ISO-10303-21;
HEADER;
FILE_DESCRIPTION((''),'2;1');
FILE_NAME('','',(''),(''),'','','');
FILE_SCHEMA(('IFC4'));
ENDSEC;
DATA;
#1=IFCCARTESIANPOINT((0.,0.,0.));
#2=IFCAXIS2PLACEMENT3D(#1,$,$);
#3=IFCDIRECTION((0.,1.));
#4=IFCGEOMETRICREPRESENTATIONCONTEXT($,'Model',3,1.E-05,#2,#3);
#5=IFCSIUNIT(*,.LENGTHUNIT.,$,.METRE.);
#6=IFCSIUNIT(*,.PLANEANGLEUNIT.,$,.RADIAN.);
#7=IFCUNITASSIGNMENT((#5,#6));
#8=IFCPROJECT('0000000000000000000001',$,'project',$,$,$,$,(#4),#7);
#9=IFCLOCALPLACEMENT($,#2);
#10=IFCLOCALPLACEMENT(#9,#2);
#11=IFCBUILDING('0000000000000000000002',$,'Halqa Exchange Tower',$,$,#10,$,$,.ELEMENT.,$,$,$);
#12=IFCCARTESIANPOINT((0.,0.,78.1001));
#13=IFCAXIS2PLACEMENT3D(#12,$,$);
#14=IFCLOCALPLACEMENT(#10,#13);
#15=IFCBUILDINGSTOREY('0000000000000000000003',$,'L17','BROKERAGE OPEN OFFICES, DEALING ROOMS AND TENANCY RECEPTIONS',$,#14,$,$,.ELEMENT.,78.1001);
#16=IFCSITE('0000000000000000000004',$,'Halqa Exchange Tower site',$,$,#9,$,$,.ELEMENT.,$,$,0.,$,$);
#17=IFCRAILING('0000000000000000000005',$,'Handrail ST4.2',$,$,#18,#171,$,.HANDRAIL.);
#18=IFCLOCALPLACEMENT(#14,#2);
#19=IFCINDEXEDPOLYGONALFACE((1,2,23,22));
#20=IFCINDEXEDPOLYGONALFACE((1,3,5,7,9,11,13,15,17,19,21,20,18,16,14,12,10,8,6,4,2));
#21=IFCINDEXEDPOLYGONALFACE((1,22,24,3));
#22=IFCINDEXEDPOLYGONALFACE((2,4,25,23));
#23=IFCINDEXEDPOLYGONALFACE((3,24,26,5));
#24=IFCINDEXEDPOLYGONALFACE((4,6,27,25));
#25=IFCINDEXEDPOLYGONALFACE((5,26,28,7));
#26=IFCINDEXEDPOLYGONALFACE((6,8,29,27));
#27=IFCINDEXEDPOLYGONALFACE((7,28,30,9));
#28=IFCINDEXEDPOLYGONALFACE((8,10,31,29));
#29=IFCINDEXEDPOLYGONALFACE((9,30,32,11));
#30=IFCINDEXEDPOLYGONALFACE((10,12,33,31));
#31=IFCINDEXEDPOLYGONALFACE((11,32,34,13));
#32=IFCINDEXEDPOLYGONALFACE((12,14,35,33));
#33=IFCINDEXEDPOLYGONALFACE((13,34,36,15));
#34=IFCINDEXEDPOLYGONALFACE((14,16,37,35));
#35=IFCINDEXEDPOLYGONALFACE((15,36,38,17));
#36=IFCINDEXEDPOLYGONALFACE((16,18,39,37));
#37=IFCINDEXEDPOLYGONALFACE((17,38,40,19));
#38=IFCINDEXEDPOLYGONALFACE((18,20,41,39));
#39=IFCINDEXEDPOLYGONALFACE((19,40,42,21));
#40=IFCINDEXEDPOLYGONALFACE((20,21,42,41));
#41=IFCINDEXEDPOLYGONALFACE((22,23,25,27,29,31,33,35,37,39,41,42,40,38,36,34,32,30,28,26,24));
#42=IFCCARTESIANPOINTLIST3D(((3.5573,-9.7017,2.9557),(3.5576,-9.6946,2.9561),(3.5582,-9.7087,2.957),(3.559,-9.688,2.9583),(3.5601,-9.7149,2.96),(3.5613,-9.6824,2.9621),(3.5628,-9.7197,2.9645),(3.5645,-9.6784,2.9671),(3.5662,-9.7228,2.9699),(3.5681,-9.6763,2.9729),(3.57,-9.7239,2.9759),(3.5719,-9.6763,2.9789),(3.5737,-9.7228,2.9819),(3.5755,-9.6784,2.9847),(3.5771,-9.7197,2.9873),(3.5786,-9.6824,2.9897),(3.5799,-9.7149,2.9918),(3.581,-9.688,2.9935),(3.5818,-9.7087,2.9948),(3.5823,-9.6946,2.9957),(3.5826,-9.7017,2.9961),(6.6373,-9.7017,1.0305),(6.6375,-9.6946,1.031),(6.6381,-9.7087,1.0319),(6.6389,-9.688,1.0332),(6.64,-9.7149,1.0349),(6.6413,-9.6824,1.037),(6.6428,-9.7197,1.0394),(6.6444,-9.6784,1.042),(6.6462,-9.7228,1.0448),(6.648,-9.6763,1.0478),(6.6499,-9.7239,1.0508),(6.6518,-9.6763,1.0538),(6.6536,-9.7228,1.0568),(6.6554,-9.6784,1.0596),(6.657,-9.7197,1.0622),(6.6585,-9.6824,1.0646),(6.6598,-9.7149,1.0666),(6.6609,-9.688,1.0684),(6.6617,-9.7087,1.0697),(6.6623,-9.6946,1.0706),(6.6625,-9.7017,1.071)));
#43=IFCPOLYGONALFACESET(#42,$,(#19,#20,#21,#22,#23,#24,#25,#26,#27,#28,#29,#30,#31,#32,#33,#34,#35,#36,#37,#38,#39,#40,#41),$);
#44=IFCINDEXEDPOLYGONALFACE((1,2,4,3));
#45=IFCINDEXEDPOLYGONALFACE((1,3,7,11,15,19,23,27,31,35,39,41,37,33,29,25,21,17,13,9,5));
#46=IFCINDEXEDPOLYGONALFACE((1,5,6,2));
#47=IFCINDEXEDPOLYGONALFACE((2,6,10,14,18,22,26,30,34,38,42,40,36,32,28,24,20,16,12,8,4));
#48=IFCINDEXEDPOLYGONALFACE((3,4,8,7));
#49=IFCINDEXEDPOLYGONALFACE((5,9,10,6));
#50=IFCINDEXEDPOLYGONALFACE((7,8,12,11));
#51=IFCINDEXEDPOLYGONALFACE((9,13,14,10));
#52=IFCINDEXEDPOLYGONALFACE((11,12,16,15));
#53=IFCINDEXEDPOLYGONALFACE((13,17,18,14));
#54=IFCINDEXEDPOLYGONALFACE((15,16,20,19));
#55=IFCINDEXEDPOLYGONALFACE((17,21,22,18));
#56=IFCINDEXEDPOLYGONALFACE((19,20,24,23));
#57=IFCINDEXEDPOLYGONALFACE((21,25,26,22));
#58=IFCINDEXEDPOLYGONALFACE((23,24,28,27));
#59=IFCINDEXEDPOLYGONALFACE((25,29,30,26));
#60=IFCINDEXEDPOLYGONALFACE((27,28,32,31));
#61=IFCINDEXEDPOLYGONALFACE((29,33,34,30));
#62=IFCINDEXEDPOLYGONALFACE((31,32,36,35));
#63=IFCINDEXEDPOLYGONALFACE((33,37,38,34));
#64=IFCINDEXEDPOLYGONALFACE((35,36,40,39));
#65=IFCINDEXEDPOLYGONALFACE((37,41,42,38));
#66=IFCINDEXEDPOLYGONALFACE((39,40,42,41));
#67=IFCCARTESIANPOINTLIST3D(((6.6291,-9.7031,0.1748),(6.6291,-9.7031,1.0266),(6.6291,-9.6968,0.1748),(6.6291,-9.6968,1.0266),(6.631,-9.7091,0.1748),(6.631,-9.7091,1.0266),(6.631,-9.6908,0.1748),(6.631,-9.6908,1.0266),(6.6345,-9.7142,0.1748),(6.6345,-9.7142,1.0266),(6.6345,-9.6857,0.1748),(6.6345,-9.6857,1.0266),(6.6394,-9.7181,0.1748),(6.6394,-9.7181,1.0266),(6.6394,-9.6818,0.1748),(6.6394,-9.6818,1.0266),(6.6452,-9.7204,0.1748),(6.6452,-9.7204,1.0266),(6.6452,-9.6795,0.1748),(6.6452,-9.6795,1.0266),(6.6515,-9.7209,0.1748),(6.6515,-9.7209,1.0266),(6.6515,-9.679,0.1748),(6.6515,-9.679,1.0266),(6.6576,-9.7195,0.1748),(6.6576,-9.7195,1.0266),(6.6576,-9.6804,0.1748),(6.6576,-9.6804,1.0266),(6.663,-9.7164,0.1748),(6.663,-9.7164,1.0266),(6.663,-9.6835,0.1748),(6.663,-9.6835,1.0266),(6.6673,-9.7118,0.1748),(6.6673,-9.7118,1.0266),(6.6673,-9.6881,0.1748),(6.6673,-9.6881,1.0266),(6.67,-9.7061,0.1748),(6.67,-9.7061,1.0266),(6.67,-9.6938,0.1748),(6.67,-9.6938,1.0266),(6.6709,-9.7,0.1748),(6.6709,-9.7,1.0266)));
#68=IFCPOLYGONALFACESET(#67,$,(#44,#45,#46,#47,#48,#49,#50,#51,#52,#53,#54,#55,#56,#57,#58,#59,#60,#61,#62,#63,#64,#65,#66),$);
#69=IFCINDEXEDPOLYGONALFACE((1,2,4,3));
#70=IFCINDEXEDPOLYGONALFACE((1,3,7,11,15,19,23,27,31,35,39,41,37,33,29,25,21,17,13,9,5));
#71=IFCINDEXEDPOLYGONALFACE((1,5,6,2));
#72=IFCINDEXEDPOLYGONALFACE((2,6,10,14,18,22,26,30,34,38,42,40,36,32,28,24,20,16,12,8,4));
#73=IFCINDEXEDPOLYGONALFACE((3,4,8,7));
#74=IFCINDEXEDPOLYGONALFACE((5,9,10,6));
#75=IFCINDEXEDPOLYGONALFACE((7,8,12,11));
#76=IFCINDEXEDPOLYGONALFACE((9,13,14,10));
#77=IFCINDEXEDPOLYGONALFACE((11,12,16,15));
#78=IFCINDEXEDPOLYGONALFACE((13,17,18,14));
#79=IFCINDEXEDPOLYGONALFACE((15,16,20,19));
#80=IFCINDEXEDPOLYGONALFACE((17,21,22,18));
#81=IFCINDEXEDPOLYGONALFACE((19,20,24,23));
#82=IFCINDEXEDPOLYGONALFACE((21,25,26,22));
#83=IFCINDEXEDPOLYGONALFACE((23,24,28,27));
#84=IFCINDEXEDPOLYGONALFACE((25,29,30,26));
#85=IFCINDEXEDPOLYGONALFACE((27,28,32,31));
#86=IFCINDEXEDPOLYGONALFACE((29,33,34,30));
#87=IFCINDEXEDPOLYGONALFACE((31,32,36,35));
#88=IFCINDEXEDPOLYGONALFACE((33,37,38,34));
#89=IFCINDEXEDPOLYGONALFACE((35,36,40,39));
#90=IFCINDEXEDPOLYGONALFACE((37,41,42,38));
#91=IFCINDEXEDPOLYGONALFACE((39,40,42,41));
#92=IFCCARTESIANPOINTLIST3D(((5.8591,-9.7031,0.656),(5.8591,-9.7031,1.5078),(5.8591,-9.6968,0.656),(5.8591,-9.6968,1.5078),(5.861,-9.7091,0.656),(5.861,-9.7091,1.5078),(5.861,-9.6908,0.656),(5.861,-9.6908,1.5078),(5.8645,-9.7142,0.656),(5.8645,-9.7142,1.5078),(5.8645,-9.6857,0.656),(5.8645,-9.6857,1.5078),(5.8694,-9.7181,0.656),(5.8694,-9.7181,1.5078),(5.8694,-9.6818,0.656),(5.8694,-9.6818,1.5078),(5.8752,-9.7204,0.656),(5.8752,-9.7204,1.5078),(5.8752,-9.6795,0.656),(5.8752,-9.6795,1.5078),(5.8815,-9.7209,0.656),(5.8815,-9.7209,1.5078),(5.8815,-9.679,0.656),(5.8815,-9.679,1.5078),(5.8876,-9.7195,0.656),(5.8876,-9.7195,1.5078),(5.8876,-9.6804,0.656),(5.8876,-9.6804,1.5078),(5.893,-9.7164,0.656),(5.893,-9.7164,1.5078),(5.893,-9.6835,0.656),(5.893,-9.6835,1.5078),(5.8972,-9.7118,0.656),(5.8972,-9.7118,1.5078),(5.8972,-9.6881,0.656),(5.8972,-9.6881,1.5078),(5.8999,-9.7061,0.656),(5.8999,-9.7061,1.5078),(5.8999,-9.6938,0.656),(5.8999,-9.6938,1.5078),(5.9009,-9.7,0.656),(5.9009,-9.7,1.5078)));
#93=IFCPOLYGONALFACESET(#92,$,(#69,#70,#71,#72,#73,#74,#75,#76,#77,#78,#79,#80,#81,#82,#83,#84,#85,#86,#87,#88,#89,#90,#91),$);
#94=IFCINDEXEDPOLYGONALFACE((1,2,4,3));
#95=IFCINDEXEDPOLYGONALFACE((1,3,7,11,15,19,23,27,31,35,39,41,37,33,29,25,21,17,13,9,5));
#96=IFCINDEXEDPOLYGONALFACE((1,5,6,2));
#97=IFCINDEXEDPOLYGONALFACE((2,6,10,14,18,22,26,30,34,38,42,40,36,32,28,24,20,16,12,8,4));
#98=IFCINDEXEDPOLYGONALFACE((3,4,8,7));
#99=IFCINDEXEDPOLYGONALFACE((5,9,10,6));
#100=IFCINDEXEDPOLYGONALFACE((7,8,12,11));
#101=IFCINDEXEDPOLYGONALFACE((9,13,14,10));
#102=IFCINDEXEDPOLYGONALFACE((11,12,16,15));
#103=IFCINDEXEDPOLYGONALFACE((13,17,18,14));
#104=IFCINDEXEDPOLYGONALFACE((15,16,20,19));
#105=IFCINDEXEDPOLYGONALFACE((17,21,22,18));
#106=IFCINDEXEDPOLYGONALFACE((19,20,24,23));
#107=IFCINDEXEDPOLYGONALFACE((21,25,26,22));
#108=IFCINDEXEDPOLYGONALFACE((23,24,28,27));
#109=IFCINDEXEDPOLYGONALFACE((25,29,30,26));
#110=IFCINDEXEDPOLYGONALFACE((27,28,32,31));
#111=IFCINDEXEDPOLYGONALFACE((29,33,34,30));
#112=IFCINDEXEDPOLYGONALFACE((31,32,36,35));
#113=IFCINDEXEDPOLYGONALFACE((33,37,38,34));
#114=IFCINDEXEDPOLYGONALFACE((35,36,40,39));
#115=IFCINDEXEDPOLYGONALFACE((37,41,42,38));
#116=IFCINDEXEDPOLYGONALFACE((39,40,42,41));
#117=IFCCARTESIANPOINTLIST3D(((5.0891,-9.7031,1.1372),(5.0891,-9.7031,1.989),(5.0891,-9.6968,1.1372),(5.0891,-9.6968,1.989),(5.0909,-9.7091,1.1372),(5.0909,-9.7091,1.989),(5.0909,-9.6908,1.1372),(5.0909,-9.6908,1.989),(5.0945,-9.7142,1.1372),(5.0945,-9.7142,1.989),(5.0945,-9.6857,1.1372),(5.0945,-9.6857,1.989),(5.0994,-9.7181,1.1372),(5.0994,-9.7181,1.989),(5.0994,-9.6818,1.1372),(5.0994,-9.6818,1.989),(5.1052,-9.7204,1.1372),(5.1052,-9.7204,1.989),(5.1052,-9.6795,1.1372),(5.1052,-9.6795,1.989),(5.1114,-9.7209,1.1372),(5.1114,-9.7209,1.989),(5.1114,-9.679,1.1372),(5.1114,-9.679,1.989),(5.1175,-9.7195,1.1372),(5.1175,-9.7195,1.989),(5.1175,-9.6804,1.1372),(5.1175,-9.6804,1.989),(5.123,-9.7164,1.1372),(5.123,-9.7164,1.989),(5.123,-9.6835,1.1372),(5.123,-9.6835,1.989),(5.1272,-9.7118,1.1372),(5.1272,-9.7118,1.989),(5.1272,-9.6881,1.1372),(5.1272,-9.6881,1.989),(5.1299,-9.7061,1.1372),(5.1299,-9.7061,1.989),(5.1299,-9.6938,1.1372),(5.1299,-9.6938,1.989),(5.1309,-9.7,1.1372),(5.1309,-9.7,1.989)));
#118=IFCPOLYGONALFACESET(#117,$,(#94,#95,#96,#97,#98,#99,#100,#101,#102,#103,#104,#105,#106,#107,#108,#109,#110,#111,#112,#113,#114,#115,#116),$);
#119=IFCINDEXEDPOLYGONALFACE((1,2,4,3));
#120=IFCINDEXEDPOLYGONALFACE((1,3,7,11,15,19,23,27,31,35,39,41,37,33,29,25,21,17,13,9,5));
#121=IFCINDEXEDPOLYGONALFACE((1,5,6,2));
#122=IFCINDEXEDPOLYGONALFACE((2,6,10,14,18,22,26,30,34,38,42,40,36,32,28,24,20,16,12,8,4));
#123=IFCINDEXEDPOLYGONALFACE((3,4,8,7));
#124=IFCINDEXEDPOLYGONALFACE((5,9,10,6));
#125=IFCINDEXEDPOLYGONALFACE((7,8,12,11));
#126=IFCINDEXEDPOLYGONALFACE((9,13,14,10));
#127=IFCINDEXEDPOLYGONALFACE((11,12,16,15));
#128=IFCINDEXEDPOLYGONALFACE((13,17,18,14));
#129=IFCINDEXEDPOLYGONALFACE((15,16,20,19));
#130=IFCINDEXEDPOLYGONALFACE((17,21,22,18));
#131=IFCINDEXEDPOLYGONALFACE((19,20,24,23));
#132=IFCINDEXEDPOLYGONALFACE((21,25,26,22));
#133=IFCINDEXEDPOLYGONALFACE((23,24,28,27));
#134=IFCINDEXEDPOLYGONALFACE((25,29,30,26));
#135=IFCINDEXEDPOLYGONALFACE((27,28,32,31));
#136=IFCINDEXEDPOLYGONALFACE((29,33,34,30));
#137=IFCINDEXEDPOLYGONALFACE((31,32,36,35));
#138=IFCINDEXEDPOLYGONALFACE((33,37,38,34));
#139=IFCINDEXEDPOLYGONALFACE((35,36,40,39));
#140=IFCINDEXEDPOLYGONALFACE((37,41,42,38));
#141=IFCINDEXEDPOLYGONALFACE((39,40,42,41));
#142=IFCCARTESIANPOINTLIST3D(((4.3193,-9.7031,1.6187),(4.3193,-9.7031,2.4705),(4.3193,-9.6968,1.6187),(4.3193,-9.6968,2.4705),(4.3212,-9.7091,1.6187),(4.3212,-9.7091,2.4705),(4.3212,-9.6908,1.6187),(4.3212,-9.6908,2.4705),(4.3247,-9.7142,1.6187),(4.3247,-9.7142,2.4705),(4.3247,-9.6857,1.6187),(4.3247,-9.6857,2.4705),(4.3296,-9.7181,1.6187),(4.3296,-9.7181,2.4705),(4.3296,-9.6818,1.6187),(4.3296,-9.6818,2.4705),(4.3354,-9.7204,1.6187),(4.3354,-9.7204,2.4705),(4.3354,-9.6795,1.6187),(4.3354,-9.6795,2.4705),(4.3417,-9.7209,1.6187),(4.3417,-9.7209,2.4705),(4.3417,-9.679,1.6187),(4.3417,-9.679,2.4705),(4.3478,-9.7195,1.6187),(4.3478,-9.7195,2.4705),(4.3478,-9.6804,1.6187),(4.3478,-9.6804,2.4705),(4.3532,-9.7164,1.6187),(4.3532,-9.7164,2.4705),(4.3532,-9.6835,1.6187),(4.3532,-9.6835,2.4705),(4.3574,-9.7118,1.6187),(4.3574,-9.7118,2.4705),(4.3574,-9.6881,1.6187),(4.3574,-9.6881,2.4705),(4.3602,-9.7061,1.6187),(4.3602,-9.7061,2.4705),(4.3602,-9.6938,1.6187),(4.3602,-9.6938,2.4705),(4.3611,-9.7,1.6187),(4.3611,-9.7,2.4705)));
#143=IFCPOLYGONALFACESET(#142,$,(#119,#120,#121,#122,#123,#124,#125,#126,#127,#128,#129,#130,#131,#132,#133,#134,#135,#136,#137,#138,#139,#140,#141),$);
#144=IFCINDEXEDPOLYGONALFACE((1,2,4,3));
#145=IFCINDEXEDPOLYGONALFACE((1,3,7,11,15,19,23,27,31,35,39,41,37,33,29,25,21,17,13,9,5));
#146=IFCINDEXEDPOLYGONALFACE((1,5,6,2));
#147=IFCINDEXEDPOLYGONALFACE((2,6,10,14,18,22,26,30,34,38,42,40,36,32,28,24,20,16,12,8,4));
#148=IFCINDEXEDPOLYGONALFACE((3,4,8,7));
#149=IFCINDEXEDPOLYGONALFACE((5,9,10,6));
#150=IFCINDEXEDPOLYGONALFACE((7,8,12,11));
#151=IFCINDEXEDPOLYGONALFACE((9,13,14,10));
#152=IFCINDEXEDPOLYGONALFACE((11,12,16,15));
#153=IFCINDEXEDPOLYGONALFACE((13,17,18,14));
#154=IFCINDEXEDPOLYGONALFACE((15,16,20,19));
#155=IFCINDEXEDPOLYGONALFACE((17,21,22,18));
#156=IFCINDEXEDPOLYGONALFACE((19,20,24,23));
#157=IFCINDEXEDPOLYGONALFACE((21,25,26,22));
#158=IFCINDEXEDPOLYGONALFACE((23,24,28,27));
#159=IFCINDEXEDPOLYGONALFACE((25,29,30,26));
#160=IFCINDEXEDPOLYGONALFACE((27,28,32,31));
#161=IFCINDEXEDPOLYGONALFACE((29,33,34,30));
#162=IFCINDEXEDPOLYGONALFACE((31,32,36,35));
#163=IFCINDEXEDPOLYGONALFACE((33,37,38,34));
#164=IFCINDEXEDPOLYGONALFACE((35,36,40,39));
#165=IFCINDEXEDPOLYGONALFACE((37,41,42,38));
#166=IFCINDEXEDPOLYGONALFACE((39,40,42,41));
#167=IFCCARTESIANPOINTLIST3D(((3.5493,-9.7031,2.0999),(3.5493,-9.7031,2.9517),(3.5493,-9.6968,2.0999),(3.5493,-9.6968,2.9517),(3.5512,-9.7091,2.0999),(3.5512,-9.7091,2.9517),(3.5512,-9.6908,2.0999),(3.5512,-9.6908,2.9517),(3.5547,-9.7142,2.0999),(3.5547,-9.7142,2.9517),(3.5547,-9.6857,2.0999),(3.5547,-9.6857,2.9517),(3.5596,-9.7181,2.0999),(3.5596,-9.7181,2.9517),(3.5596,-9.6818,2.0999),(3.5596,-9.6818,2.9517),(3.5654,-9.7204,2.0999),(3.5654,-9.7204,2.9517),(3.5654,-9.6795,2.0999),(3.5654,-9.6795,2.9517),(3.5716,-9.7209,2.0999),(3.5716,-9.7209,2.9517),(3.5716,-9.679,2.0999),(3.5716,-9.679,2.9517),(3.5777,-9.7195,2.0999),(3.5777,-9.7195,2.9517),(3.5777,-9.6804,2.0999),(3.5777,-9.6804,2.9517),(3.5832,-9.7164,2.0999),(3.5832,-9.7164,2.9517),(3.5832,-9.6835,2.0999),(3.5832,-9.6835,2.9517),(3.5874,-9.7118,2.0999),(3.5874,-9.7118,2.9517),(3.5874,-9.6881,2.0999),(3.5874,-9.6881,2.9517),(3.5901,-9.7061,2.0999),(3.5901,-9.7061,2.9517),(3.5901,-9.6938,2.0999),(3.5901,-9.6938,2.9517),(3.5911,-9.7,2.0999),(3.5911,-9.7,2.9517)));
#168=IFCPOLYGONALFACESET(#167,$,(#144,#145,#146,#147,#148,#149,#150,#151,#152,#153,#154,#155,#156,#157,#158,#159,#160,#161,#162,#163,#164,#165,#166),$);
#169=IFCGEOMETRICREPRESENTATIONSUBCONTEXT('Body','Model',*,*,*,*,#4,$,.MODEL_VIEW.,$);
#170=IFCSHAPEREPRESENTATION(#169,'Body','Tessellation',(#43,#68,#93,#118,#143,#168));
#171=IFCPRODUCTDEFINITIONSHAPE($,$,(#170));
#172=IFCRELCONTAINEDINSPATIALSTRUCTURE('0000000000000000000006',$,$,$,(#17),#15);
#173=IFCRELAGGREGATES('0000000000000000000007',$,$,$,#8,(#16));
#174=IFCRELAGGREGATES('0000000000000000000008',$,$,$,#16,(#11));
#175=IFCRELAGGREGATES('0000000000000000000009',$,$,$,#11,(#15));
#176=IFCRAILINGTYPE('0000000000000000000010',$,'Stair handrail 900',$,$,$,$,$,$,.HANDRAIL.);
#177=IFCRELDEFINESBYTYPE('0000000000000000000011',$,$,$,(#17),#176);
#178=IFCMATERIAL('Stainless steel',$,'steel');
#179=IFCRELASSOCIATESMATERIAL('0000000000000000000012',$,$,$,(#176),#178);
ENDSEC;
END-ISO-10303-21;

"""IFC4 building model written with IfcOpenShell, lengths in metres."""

from ifc_helpers import new_model, si_unit, direction, frame, origin, origin_2d, place, context, subcontext, project, spatial, circle, extrude, material, type_object, element, save


model = new_model("IFC4")

# Units and contexts
model_context = context("Model", 3, precision=1e-05, world=origin(), true_north=direction((0.0, 1.0)))
body_context = subcontext(model_context, "Body", "Model", "MODEL_VIEW")
ifc_project = project(units=[si_unit("LENGTHUNIT", "METRE"), si_unit("PLANEANGLEUNIT", "RADIAN")], contexts=[model_context])

# Site, building, storey
site_placement = place(None, origin())
site = spatial("IfcSite", under=ifc_project, at=site_placement, Name="Halqa Exchange Tower site", CompositionType="ELEMENT", RefElevation=0.0)
building_placement = place(site_placement, origin())
building = spatial("IfcBuilding", under=site, at=building_placement, Name="Halqa Exchange Tower", CompositionType="ELEMENT")
storey_placement = place(building_placement, frame((0.0, 0.0, 78.1001)))
storey = spatial("IfcBuildingStorey", under=building, at=storey_placement, Name="L17", Description="BROKERAGE OPEN OFFICES, DEALING ROOMS AND TENANCY RECEPTIONS", CompositionType="ELEMENT", Elevation=78.1001)

# Railing
ifc_material_1 = material(Name="Stainless steel", Category="steel")
railing_type_1 = type_object("IfcRailingType", Name="Stair handrail 900", PredefinedType="HANDRAIL", material=ifc_material_1)
railing_1_placement = place(storey_placement, frame((6.6499, -9.7, 0.1748)))
element("IfcRailing", 1, at=railing_1_placement, inside=storey, type_object=railing_type_1, Name="Handrail ST4.2", PredefinedType="HANDRAIL", context=body_context, shape_type="SweptSolid", body=[
    extrude(circle(Radius=0.0239, at=origin_2d()), frame((0.0, 0.0, 0.876), z_axis=(-0.847979, 0.0, 0.530029), x_axis=(0.0, -1.0, 0.0)), (0.0, 0.0, 1.0), 3.6321),
    extrude(circle(Radius=0.021, at=origin_2d()), origin(), (0.0, 0.0, 1.0), 0.8518),
    extrude(circle(Radius=0.021, at=origin_2d()), frame((-0.77, 0.0, 0.4812)), (0.0, 0.0, 1.0), 0.8518),
    extrude(circle(Radius=0.021, at=origin_2d()), frame((-1.54, 0.0, 0.9624)), (0.0, 0.0, 1.0), 0.8518),
    extrude(circle(Radius=0.021, at=origin_2d()), frame((-2.3098, 0.0, 1.4438)), (0.0, 0.0, 1.0), 0.8518),
    extrude(circle(Radius=0.021, at=origin_2d()), frame((-3.0798, 0.0, 1.925)), (0.0, 0.0, 1.0), 0.8518),
])

save(model, "model.ifc")
